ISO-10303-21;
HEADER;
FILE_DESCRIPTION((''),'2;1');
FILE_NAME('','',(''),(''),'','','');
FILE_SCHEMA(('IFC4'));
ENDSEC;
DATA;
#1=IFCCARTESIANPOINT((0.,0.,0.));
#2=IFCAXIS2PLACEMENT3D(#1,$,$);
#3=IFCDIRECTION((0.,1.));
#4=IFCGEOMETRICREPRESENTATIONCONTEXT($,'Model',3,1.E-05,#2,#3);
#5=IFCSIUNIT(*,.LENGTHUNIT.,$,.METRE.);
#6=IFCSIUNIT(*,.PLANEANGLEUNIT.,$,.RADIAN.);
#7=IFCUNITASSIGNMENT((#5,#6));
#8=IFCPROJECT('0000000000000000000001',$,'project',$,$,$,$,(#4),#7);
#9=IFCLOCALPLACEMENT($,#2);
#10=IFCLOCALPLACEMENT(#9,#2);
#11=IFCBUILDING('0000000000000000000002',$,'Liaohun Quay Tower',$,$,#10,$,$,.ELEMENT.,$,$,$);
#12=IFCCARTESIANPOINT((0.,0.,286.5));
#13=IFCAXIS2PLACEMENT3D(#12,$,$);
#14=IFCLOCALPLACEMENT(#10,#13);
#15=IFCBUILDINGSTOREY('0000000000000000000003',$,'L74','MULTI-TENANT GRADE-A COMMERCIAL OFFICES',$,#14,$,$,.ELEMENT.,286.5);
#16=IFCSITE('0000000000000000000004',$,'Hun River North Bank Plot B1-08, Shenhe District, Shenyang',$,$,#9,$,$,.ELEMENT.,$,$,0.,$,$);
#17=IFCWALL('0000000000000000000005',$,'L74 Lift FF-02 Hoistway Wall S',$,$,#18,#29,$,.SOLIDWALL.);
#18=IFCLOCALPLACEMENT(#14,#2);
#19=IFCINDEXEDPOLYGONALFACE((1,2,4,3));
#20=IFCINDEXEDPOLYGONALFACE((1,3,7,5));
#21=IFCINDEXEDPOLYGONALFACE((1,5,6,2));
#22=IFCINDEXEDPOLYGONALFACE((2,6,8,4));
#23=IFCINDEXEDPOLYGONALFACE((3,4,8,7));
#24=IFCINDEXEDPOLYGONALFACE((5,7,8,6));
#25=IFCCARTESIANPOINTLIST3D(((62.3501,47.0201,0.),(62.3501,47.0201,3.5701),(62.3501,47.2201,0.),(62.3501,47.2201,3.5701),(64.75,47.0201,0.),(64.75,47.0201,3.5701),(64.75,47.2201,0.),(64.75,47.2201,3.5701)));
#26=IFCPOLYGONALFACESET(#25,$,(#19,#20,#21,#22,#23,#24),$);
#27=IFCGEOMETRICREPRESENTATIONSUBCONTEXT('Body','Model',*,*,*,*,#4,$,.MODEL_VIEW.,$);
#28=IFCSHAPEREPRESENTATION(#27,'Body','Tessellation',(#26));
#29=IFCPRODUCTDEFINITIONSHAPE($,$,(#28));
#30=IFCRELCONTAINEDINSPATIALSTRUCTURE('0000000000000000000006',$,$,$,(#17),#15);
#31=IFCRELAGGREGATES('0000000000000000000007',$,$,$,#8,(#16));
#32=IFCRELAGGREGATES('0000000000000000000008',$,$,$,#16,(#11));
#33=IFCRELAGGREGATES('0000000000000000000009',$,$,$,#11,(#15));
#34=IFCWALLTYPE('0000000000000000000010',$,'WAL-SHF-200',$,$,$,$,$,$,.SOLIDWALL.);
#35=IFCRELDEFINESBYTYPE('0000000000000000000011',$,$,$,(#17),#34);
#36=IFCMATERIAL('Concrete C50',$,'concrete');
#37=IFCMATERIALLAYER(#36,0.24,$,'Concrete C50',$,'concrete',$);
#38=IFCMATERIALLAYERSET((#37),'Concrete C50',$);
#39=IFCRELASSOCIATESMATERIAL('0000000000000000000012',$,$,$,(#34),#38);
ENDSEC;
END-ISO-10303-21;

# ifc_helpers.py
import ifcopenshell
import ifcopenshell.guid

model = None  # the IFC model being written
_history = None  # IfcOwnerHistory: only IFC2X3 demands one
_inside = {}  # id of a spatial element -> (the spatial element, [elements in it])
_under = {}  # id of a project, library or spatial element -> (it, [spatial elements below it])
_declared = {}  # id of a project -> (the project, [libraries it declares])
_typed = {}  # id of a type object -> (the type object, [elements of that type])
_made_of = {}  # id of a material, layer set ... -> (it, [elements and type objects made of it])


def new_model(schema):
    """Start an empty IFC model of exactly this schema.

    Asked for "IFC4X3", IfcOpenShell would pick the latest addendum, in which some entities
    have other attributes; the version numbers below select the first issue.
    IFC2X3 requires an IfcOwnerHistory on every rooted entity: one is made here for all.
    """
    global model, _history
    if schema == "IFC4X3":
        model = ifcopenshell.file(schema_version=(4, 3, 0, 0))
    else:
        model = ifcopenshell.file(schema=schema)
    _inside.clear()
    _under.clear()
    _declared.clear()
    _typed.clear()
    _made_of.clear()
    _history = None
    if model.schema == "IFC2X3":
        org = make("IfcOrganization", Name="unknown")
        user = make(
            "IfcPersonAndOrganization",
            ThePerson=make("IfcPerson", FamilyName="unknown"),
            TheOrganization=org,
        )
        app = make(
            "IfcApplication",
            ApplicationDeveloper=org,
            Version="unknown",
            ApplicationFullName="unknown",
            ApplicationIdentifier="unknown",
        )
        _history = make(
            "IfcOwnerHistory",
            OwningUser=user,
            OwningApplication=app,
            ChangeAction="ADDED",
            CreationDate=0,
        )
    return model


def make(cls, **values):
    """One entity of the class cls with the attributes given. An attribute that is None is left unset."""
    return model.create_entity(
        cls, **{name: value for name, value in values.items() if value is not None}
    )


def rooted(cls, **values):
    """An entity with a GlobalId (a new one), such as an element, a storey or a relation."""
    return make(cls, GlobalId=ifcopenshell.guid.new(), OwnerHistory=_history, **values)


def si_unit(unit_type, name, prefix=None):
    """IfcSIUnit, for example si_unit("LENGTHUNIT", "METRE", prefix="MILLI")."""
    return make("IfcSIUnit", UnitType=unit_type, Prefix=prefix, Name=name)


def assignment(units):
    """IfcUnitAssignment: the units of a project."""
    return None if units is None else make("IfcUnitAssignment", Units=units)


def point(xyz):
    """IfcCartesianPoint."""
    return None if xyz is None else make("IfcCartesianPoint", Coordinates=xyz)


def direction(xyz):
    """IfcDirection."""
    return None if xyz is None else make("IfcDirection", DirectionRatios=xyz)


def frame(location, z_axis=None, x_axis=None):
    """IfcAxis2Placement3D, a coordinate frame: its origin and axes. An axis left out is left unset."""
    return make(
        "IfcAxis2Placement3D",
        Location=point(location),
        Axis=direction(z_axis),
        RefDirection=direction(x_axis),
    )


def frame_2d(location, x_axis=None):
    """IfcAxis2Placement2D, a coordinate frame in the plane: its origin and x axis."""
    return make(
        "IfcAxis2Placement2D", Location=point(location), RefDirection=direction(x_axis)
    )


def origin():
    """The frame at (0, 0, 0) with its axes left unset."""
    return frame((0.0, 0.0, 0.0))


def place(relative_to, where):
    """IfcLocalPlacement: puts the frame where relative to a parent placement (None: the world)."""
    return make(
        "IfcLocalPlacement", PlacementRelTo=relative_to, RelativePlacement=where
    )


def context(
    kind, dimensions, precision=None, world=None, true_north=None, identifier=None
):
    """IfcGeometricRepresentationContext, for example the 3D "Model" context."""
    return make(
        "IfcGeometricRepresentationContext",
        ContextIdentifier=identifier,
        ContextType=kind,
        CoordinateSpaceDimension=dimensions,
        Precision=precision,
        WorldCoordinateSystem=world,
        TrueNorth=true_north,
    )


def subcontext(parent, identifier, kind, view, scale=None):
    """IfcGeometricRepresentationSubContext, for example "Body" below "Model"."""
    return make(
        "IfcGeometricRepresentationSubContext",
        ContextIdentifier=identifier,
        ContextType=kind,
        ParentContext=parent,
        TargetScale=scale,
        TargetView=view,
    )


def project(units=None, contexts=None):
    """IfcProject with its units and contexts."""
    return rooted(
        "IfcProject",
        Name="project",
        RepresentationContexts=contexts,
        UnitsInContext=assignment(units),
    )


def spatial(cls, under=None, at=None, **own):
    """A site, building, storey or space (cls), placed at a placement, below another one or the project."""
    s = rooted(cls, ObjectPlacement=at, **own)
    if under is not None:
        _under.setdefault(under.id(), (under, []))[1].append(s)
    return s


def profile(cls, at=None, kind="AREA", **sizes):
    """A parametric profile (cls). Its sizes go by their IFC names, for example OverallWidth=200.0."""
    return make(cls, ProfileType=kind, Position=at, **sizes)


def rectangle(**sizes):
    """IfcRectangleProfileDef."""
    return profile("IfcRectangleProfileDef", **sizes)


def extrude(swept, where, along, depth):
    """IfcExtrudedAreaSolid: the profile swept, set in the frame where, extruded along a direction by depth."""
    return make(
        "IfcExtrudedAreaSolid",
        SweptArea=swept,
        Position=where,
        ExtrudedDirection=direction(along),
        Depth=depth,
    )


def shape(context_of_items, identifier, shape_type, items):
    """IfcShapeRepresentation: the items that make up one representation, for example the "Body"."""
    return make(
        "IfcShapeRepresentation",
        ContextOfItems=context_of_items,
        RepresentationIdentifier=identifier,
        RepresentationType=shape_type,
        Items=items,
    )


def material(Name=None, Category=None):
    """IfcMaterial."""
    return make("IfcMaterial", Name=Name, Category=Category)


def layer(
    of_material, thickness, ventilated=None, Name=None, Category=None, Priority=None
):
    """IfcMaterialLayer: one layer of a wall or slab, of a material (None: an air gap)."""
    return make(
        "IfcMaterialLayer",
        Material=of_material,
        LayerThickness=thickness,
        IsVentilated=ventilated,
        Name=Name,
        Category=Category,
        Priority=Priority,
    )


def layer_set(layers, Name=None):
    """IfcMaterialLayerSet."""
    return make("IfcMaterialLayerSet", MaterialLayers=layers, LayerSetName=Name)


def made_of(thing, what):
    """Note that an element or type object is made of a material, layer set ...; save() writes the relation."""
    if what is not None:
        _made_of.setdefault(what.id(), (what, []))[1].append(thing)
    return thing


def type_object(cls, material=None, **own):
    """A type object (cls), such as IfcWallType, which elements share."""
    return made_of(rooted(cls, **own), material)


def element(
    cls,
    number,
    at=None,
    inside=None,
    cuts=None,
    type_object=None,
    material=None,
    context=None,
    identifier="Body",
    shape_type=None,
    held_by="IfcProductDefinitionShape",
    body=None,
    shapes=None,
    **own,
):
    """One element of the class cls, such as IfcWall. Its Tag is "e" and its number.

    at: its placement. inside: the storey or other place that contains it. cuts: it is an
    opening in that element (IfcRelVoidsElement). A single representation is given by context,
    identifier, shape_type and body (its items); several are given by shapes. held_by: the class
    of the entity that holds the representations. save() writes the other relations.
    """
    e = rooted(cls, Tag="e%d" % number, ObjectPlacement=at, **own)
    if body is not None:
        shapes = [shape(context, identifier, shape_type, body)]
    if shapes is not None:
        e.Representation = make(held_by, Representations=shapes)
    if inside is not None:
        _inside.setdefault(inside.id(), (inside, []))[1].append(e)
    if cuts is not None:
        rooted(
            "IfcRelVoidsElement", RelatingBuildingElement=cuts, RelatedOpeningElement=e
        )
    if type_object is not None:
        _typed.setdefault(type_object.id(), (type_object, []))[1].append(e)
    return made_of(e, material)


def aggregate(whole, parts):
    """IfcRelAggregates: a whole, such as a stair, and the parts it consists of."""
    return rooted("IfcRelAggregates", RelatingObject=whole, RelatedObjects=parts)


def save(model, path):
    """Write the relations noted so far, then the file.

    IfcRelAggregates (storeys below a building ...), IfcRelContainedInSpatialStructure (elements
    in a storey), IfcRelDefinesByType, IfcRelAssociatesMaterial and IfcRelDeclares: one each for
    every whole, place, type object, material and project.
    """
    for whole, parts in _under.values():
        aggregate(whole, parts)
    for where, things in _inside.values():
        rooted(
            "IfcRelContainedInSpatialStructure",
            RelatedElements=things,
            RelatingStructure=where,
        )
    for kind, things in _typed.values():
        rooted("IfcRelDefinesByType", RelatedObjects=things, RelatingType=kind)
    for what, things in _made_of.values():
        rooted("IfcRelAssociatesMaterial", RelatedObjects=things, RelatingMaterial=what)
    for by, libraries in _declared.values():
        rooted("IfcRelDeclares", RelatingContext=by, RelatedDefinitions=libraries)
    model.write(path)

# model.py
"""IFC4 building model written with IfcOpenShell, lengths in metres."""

from ifc_helpers import new_model, si_unit, direction, frame, frame_2d, origin, place, context, subcontext, project, spatial, rectangle, extrude, material, layer, layer_set, type_object, element, save


model = new_model("IFC4")

# Units and contexts
model_context = context("Model", 3, precision=1e-05, world=origin(), true_north=direction((0.0, 1.0)))
body_context = subcontext(model_context, "Body", "Model", "MODEL_VIEW")
ifc_project = project(units=[si_unit("LENGTHUNIT", "METRE"), si_unit("PLANEANGLEUNIT", "RADIAN")], contexts=[model_context])

# Site, building, storey
site_placement = place(None, origin())
site = spatial("IfcSite", under=ifc_project, at=site_placement, Name="Hun River North Bank Plot B1-08, Shenhe District, Shenyang", CompositionType="ELEMENT", RefElevation=0.0)
building_placement = place(site_placement, origin())
building = spatial("IfcBuilding", under=site, at=building_placement, Name="Liaohun Quay Tower", CompositionType="ELEMENT")
storey_placement = place(building_placement, frame((0.0, 0.0, 286.5)))
storey = spatial("IfcBuildingStorey", under=building, at=storey_placement, Name="L74", Description="MULTI-TENANT GRADE-A COMMERCIAL OFFICES", CompositionType="ELEMENT", Elevation=286.5)

# Shared definitions
ifc_material_1 = material(Name="Concrete C50", Category="concrete")

# Shared definitions
ifc_layer_1 = layer(ifc_material_1, 0.24, Name="Concrete C50", Category="concrete")
ifc_layer_set_1 = layer_set([ifc_layer_1], Name="Concrete C50")
wall_type_1 = type_object("IfcWallType", Name="WAL-SHF-200", PredefinedType="SOLIDWALL", material=ifc_layer_set_1)

# Wall
wall_1_placement = place(storey_placement, frame((62.3501, 47.1201, 0.0), z_axis=(0.0, 0.0, 1.0), x_axis=(1.0, 0.0, 0.0)))
element("IfcWall", 1, at=wall_1_placement, inside=storey, type_object=wall_type_1, Name="L74 Lift FF-02 Hoistway Wall S", PredefinedType="SOLIDWALL", context=body_context, shape_type="SweptSolid", body=[
    extrude(rectangle(XDim=2.3999, YDim=0.2, at=frame_2d((1.2, 0.0))), origin(), (0.0, 0.0, 1.0), 3.5701),
])

save(model, "model.ifc")
